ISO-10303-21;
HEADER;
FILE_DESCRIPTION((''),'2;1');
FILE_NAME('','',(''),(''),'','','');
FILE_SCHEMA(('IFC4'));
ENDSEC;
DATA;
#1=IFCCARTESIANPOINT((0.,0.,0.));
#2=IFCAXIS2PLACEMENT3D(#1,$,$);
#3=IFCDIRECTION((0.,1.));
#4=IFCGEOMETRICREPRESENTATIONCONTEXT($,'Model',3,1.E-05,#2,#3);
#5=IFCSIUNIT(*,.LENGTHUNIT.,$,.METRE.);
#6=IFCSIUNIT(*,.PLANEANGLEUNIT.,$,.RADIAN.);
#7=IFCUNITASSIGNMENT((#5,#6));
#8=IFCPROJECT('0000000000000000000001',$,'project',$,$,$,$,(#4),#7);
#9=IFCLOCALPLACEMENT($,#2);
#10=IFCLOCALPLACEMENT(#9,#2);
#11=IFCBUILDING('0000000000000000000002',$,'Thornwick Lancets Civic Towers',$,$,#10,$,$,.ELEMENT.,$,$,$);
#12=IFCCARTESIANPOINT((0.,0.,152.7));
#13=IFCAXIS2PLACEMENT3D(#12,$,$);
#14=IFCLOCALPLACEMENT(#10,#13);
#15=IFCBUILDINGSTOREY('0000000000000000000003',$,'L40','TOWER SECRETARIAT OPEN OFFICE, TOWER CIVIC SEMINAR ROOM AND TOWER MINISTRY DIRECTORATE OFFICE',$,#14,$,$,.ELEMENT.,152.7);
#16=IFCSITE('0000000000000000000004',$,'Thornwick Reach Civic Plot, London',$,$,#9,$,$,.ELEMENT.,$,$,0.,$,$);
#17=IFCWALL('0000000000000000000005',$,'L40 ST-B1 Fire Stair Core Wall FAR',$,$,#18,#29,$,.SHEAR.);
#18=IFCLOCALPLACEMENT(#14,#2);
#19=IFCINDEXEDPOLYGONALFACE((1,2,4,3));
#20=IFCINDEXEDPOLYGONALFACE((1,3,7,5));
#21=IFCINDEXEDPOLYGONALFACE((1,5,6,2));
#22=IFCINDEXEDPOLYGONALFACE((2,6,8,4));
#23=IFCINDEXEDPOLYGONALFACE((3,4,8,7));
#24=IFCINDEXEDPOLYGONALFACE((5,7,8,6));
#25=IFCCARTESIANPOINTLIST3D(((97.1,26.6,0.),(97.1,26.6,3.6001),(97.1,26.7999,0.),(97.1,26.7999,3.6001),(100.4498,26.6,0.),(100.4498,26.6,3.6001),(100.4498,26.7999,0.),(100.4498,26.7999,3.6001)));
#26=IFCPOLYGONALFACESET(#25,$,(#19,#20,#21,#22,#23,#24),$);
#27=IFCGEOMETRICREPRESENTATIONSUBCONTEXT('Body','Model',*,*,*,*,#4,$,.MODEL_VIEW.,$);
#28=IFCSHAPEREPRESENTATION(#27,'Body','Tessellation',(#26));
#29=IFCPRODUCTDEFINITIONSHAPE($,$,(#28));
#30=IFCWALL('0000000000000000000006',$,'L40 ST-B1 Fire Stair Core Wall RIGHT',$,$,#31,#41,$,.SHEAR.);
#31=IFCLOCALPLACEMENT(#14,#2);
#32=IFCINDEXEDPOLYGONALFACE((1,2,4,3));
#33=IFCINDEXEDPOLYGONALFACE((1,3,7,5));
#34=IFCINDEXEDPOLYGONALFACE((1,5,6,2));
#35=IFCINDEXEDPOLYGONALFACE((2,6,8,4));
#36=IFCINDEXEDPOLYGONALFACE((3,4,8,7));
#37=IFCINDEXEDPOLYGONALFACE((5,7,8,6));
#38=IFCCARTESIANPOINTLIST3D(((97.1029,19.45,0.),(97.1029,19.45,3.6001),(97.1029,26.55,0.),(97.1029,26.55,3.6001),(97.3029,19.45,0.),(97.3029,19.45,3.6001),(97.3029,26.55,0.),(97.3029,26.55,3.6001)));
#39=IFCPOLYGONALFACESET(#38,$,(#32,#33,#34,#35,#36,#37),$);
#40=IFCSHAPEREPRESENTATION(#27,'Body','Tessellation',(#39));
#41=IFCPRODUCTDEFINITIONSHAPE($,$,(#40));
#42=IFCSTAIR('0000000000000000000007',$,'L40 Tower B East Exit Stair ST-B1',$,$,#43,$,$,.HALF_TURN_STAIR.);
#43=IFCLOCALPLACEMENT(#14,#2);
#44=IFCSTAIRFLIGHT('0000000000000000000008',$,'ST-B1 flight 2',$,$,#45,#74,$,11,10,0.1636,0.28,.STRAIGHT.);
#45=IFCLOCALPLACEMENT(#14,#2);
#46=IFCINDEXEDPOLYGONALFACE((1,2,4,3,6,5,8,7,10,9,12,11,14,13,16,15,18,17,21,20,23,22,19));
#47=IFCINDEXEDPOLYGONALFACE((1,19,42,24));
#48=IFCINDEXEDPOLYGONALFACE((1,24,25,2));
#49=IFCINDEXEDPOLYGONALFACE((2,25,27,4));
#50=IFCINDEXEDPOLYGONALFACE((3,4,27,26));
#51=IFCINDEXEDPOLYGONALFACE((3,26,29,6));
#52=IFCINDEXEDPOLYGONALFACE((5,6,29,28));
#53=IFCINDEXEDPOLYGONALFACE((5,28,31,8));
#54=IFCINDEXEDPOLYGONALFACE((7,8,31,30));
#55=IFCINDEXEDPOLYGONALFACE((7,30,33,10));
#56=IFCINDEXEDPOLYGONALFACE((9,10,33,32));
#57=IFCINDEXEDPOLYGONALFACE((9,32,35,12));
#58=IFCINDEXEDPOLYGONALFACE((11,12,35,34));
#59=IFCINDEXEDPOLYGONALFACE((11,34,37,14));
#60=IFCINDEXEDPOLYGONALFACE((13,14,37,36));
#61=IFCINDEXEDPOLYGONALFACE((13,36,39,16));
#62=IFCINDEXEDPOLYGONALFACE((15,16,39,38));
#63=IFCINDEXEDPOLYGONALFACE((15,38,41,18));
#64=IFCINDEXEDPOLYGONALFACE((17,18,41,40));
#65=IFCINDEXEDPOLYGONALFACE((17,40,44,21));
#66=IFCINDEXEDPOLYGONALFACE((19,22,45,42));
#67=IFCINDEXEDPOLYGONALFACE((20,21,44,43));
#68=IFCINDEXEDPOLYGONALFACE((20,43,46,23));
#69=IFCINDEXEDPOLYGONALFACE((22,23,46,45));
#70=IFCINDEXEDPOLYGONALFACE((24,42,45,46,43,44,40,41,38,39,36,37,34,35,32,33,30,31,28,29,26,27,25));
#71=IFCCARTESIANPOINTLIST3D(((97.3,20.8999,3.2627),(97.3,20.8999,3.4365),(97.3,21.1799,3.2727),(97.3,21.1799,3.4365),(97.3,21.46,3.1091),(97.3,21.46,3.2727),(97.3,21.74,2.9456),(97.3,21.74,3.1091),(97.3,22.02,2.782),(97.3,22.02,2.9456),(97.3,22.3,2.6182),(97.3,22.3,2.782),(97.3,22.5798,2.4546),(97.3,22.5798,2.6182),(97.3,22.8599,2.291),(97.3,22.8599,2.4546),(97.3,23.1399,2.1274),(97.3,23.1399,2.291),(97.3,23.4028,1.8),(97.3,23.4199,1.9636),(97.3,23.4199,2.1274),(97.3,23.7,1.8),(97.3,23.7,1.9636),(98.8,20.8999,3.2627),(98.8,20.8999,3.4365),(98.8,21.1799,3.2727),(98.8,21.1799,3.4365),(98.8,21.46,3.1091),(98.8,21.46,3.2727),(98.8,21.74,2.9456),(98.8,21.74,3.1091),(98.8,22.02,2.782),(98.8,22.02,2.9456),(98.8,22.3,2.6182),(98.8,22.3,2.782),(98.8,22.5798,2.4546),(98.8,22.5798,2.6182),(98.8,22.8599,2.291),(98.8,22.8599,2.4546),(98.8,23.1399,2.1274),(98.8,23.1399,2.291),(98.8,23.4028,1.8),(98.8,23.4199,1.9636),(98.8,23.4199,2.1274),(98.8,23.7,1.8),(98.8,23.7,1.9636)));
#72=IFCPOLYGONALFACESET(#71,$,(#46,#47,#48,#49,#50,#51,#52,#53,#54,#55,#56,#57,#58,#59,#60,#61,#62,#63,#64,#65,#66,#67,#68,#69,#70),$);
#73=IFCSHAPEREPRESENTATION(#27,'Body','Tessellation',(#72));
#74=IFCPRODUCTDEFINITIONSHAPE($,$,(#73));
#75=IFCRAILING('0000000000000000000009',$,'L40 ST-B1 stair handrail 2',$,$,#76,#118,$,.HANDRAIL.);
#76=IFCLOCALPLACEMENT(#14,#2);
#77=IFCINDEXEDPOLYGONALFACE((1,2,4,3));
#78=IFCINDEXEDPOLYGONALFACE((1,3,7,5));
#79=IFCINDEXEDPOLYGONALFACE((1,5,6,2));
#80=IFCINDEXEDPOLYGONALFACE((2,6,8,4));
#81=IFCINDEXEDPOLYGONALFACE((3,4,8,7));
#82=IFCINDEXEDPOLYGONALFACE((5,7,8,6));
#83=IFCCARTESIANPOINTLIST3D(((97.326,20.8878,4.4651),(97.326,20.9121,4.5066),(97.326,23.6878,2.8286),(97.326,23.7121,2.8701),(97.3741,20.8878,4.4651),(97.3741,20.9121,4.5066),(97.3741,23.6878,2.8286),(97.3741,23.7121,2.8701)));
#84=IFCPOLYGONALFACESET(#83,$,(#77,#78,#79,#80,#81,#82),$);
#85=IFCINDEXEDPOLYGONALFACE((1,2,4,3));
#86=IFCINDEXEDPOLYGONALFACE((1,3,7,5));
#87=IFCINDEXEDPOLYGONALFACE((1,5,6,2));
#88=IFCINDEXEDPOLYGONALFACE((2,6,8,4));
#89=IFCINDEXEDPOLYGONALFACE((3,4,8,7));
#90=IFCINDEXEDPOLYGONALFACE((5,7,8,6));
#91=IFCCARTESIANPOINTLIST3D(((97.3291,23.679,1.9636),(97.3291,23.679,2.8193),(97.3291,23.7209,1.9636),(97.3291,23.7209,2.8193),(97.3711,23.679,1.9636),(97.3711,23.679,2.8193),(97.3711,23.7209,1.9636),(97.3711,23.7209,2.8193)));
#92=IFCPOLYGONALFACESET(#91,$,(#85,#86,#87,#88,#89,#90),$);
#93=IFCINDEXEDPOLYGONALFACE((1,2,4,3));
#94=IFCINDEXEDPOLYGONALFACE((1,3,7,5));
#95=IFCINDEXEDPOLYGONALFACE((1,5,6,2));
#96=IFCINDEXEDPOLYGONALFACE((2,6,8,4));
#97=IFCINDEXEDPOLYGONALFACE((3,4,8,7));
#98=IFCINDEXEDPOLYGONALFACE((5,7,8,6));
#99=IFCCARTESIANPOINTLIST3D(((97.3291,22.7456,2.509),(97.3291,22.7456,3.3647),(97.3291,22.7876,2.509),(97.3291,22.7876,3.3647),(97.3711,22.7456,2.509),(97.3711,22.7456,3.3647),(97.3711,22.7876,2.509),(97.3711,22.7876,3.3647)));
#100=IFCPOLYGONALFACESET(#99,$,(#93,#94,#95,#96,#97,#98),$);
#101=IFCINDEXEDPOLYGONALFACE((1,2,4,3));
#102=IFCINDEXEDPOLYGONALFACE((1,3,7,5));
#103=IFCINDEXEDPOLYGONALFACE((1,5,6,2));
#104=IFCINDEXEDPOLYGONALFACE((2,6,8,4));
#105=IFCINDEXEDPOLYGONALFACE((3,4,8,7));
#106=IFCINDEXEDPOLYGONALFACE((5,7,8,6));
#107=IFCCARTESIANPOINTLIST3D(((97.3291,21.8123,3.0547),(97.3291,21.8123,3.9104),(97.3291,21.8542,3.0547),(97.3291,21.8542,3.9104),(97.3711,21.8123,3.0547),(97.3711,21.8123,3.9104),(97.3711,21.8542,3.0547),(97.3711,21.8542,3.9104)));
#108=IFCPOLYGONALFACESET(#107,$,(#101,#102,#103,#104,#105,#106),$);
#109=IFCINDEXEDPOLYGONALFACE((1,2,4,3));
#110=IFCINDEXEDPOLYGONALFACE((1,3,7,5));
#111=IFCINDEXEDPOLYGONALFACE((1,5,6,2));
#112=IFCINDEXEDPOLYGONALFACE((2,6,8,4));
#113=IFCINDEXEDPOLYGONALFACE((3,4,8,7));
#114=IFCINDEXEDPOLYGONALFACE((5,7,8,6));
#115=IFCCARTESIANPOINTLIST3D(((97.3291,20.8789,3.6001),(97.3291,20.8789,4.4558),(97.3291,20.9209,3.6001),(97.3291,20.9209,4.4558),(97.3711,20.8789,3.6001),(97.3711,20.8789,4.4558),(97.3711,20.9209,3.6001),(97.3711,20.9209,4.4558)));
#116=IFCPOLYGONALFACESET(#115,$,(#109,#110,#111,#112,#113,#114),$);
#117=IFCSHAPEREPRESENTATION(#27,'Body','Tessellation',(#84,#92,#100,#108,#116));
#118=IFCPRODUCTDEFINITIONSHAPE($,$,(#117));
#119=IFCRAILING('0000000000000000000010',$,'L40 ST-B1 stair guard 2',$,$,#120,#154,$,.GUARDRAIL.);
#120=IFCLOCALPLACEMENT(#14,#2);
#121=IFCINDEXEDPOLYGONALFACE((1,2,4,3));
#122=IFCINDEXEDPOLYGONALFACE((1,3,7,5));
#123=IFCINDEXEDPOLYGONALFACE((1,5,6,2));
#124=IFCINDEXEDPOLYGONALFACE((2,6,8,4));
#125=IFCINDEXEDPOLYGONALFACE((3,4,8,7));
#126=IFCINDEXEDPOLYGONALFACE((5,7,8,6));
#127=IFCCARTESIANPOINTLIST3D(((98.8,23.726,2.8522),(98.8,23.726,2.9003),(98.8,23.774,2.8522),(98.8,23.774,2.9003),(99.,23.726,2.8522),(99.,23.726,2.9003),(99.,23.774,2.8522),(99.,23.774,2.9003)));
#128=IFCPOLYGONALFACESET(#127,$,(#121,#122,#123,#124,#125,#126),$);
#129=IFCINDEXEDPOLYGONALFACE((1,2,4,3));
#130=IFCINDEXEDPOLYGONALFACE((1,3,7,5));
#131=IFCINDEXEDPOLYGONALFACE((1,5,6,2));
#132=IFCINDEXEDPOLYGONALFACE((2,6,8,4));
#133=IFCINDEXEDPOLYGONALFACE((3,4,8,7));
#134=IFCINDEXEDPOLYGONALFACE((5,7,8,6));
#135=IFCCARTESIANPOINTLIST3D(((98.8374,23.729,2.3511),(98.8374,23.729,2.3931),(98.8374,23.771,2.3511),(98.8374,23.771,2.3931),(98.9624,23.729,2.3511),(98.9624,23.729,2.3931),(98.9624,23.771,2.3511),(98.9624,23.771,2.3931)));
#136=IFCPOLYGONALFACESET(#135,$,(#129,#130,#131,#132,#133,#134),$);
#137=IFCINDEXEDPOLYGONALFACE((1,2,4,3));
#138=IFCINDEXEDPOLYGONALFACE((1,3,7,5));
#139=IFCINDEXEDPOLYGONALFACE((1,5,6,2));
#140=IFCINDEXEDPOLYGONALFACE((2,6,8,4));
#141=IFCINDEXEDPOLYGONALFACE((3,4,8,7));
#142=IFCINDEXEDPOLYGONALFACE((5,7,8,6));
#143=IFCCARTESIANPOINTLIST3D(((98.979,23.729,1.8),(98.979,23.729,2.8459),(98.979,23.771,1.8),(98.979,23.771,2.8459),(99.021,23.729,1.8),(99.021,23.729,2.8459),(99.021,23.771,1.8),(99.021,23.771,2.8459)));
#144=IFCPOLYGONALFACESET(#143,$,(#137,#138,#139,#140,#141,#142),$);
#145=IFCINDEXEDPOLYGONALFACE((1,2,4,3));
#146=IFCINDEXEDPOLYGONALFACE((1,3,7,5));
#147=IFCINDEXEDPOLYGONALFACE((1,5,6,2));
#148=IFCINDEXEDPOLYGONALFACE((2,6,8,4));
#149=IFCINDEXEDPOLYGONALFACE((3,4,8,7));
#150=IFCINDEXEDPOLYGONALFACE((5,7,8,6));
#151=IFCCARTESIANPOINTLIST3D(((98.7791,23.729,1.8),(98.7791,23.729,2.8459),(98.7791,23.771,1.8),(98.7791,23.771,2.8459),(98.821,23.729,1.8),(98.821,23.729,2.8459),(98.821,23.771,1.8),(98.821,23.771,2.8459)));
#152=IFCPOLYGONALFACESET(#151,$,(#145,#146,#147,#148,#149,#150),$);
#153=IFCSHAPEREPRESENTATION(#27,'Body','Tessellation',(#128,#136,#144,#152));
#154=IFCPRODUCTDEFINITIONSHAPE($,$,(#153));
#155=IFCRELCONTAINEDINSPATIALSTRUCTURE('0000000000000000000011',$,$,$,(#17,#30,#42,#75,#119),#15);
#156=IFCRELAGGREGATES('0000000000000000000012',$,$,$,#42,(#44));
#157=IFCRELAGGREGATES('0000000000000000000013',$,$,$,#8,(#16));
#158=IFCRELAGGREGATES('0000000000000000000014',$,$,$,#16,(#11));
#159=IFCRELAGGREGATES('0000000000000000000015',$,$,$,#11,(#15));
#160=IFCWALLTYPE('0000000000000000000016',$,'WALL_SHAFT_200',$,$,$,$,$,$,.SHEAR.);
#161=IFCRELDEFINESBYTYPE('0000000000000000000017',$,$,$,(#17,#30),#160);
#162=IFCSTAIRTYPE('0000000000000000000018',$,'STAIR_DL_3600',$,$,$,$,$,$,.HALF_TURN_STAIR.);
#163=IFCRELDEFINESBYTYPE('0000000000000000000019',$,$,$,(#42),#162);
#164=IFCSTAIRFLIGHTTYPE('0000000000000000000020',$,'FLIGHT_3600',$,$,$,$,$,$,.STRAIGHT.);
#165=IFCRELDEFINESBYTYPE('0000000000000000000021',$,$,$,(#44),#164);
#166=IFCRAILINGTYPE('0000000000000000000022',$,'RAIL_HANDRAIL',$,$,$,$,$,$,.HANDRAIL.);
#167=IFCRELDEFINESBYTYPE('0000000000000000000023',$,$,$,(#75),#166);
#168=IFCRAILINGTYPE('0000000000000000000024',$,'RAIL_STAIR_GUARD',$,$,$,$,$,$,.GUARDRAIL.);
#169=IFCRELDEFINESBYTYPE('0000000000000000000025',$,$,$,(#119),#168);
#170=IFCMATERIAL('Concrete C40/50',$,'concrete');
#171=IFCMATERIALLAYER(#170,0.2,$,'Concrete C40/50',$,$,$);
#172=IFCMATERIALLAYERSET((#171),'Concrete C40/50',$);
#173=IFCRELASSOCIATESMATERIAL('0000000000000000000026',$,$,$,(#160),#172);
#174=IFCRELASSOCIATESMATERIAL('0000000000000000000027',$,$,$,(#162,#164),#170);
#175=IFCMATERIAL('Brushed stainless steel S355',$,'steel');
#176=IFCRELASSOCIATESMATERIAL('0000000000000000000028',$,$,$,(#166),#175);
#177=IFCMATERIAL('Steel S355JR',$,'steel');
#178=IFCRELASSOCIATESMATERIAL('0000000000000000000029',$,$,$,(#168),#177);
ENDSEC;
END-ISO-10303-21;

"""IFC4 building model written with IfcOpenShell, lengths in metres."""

from ifc_helpers import new_model, si_unit, direction, frame, frame_2d, origin, origin_2d, place, context, subcontext, project, spatial, polyline, rectangle, outline, extrude, material, layer, layer_set, type_object, element, aggregate, save


model = new_model("IFC4")

# Units and contexts
model_context = context("Model", 3, precision=1e-05, world=origin(), true_north=direction((0.0, 1.0)))
body_context = subcontext(model_context, "Body", "Model", "MODEL_VIEW")
ifc_project = project(units=[si_unit("LENGTHUNIT", "METRE"), si_unit("PLANEANGLEUNIT", "RADIAN")], contexts=[model_context])

# Site, building, storey
site_placement = place(None, origin())
site = spatial("IfcSite", under=ifc_project, at=site_placement, Name="Thornwick Reach Civic Plot, London", CompositionType="ELEMENT", RefElevation=0.0)
building_placement = place(site_placement, origin())
building = spatial("IfcBuilding", under=site, at=building_placement, Name="Thornwick Lancets Civic Towers", CompositionType="ELEMENT")
storey_placement = place(building_placement, frame((0.0, 0.0, 152.7)))
storey = spatial("IfcBuildingStorey", under=building, at=storey_placement, Name="L40", Description="TOWER SECRETARIAT OPEN OFFICE, TOWER CIVIC SEMINAR ROOM AND TOWER MINISTRY DIRECTORATE OFFICE", CompositionType="ELEMENT", Elevation=152.7)

# Shared definitions
ifc_material_1 = material(Name="Steel S355JR", Category="steel")

# Walls
ifc_material_2 = material(Name="Concrete C40/50", Category="concrete")
ifc_layer_1 = layer(ifc_material_2, 0.2, Name="Concrete C40/50")
ifc_layer_set_1 = layer_set([ifc_layer_1], Name="Concrete C40/50")
wall_type_1 = type_object("IfcWallType", Name="WALL_SHAFT_200", PredefinedType="SHEAR", material=ifc_layer_set_1)
wall_1_placement = place(storey_placement, frame((97.1001, 26.7, 0.0), z_axis=(0.0, 0.0, 1.0), x_axis=(1.0, 0.0, 0.0)))
element("IfcWall", 1, at=wall_1_placement, inside=storey, type_object=wall_type_1, Name="L40 ST-B1 Fire Stair Core Wall FAR", PredefinedType="SHEAR", context=body_context, shape_type="SweptSolid", body=[
    extrude(rectangle(XDim=3.3499, YDim=0.2, at=frame_2d((1.6748, 0.0))), origin(), (0.0, 0.0, 1.0), 3.6001),
])
wall_2_placement = place(storey_placement, frame((97.2029, 26.55, 0.0), z_axis=(0.0, 0.0, 1.0), x_axis=(0.0, -1.0, 0.0)))
element("IfcWall", 2, at=wall_2_placement, inside=storey, type_object=wall_type_1, Name="L40 ST-B1 Fire Stair Core Wall RIGHT", PredefinedType="SHEAR", context=body_context, shape_type="SweptSolid", body=[
    extrude(rectangle(XDim=7.1001, YDim=0.2, at=frame_2d((3.55, 0.0))), origin(), (0.0, 0.0, 1.0), 3.6001),
])

# Stair, stair flight
stair_type = type_object("IfcStairType", Name="STAIR_DL_3600", PredefinedType="HALF_TURN_STAIR", material=ifc_material_2)
stair_placement = place(storey_placement, origin())
stair = element("IfcStair", 3, at=stair_placement, inside=storey, type_object=stair_type, Name="L40 Tower B East Exit Stair ST-B1", PredefinedType="HALF_TURN_STAIR")
stair_flight_type = type_object("IfcStairFlightType", Name="FLIGHT_3600", PredefinedType="STRAIGHT", material=ifc_material_2)
stair_flight_placement = place(storey_placement, frame((98.05, 23.7, 1.8), z_axis=(0.0, 0.0, 1.0), x_axis=(0.0, -1.0, 0.0)))
stair_flight = element("IfcStairFlight", 4, at=stair_flight_placement, type_object=stair_flight_type, Name="ST-B1 flight 2", NumberOfRisers=11, NumberOfTreads=10, PredefinedType="STRAIGHT", RiserHeight=0.1636, TreadLength=0.28, context=body_context, shape_type="SweptSolid", body=[
    extrude(outline(polyline([(0.0, 0.0), (0.0, 0.1636), (0.28, 0.1636), (0.28, 0.3274), (0.5601, 0.3274), (0.5601, 0.491), (0.8401, 0.491), (0.8401, 0.6545), (1.1201, 0.6545), (1.1201, 0.8181), (1.3999, 0.8181), (1.3999, 0.9819), (1.6799, 0.9819), (1.6799, 1.1455), (1.96, 1.1455), (1.96, 1.3091), (2.24, 1.3091), (2.24, 1.4727), (2.52, 1.4727), (2.52, 1.6365), (2.8, 1.6365), (2.8, 1.8), (2.8, 1.4626), (0.2971, 0.0), (0.0, 0.0)])), frame((0.0, 0.75, 0.0), z_axis=(0.0, -1.0, 0.0), x_axis=(1.0, 0.0, 0.0)), (0.0, 0.0, 1.0), 1.5),
])
aggregate(stair, [stair_flight])

# Railings
ifc_material_3 = material(Name="Brushed stainless steel S355", Category="steel")
railing_type_1 = type_object("IfcRailingType", Name="RAIL_HANDRAIL", PredefinedType="HANDRAIL", material=ifc_material_3)
railing_1_placement = place(storey_placement, frame((97.3501, 23.7, 1.9636)))
element("IfcRailing", 5, at=railing_1_placement, inside=storey, type_object=railing_type_1, Name="L40 ST-B1 stair handrail 2", PredefinedType="HANDRAIL", context=body_context, shape_type="SweptSolid", body=[
    extrude(rectangle(XDim=0.0481, YDim=0.0481, at=origin_2d()), frame((0.0, 0.0, 0.8857), z_axis=(0.0, -0.863361, 0.504587), x_axis=(1.0, 0.0, 0.0)), (0.0, 0.0, 1.0), 3.2432),
    extrude(rectangle(XDim=0.042, YDim=0.042, at=origin_2d()), origin(), (0.0, 0.0, 1.0), 0.8557),
    extrude(rectangle(XDim=0.042, YDim=0.042, at=origin_2d()), frame((0.0, -0.9333, 0.5454)), (0.0, 0.0, 1.0), 0.8557),
    extrude(rectangle(XDim=0.042, YDim=0.042, at=origin_2d()), frame((0.0, -1.8667, 1.0911)), (0.0, 0.0, 1.0), 0.8557),
    extrude(rectangle(XDim=0.042, YDim=0.042, at=origin_2d()), frame((0.0, -2.8, 1.6365)), (0.0, 0.0, 1.0), 0.8557),
])
railing_type_2 = type_object("IfcRailingType", Name="RAIL_STAIR_GUARD", PredefinedType="GUARDRAIL", material=ifc_material_1)
railing_2_placement = place(storey_placement, frame((99.0, 23.75, 1.8)))
element("IfcRailing", 6, at=railing_2_placement, inside=storey, type_object=railing_type_2, Name="L40 ST-B1 stair guard 2", PredefinedType="GUARDRAIL", context=body_context, shape_type="SweptSolid", body=[
    extrude(rectangle(XDim=0.0481, YDim=0.0481, at=origin_2d()), frame((0.0, 0.0, 1.0762), z_axis=(-1.0, 0.0, 0.0), x_axis=(0.0, -1.0, 0.0)), (0.0, 0.0, 1.0), 0.2),
    extrude(rectangle(XDim=0.042, YDim=0.042, at=origin_2d()), frame((-0.0376, 0.0, 0.572), z_axis=(-1.0, 0.0, 0.0), x_axis=(0.0, -1.0, 0.0)), (0.0, 0.0, 1.0), 0.125),
    extrude(rectangle(XDim=0.042, YDim=0.042, at=origin_2d()), origin(), (0.0, 0.0, 1.0), 1.0459),
    extrude(rectangle(XDim=0.042, YDim=0.042, at=origin_2d()), frame((-0.2, 0.0, 0.0)), (0.0, 0.0, 1.0), 1.0459),
])

save(model, "model.ifc")
